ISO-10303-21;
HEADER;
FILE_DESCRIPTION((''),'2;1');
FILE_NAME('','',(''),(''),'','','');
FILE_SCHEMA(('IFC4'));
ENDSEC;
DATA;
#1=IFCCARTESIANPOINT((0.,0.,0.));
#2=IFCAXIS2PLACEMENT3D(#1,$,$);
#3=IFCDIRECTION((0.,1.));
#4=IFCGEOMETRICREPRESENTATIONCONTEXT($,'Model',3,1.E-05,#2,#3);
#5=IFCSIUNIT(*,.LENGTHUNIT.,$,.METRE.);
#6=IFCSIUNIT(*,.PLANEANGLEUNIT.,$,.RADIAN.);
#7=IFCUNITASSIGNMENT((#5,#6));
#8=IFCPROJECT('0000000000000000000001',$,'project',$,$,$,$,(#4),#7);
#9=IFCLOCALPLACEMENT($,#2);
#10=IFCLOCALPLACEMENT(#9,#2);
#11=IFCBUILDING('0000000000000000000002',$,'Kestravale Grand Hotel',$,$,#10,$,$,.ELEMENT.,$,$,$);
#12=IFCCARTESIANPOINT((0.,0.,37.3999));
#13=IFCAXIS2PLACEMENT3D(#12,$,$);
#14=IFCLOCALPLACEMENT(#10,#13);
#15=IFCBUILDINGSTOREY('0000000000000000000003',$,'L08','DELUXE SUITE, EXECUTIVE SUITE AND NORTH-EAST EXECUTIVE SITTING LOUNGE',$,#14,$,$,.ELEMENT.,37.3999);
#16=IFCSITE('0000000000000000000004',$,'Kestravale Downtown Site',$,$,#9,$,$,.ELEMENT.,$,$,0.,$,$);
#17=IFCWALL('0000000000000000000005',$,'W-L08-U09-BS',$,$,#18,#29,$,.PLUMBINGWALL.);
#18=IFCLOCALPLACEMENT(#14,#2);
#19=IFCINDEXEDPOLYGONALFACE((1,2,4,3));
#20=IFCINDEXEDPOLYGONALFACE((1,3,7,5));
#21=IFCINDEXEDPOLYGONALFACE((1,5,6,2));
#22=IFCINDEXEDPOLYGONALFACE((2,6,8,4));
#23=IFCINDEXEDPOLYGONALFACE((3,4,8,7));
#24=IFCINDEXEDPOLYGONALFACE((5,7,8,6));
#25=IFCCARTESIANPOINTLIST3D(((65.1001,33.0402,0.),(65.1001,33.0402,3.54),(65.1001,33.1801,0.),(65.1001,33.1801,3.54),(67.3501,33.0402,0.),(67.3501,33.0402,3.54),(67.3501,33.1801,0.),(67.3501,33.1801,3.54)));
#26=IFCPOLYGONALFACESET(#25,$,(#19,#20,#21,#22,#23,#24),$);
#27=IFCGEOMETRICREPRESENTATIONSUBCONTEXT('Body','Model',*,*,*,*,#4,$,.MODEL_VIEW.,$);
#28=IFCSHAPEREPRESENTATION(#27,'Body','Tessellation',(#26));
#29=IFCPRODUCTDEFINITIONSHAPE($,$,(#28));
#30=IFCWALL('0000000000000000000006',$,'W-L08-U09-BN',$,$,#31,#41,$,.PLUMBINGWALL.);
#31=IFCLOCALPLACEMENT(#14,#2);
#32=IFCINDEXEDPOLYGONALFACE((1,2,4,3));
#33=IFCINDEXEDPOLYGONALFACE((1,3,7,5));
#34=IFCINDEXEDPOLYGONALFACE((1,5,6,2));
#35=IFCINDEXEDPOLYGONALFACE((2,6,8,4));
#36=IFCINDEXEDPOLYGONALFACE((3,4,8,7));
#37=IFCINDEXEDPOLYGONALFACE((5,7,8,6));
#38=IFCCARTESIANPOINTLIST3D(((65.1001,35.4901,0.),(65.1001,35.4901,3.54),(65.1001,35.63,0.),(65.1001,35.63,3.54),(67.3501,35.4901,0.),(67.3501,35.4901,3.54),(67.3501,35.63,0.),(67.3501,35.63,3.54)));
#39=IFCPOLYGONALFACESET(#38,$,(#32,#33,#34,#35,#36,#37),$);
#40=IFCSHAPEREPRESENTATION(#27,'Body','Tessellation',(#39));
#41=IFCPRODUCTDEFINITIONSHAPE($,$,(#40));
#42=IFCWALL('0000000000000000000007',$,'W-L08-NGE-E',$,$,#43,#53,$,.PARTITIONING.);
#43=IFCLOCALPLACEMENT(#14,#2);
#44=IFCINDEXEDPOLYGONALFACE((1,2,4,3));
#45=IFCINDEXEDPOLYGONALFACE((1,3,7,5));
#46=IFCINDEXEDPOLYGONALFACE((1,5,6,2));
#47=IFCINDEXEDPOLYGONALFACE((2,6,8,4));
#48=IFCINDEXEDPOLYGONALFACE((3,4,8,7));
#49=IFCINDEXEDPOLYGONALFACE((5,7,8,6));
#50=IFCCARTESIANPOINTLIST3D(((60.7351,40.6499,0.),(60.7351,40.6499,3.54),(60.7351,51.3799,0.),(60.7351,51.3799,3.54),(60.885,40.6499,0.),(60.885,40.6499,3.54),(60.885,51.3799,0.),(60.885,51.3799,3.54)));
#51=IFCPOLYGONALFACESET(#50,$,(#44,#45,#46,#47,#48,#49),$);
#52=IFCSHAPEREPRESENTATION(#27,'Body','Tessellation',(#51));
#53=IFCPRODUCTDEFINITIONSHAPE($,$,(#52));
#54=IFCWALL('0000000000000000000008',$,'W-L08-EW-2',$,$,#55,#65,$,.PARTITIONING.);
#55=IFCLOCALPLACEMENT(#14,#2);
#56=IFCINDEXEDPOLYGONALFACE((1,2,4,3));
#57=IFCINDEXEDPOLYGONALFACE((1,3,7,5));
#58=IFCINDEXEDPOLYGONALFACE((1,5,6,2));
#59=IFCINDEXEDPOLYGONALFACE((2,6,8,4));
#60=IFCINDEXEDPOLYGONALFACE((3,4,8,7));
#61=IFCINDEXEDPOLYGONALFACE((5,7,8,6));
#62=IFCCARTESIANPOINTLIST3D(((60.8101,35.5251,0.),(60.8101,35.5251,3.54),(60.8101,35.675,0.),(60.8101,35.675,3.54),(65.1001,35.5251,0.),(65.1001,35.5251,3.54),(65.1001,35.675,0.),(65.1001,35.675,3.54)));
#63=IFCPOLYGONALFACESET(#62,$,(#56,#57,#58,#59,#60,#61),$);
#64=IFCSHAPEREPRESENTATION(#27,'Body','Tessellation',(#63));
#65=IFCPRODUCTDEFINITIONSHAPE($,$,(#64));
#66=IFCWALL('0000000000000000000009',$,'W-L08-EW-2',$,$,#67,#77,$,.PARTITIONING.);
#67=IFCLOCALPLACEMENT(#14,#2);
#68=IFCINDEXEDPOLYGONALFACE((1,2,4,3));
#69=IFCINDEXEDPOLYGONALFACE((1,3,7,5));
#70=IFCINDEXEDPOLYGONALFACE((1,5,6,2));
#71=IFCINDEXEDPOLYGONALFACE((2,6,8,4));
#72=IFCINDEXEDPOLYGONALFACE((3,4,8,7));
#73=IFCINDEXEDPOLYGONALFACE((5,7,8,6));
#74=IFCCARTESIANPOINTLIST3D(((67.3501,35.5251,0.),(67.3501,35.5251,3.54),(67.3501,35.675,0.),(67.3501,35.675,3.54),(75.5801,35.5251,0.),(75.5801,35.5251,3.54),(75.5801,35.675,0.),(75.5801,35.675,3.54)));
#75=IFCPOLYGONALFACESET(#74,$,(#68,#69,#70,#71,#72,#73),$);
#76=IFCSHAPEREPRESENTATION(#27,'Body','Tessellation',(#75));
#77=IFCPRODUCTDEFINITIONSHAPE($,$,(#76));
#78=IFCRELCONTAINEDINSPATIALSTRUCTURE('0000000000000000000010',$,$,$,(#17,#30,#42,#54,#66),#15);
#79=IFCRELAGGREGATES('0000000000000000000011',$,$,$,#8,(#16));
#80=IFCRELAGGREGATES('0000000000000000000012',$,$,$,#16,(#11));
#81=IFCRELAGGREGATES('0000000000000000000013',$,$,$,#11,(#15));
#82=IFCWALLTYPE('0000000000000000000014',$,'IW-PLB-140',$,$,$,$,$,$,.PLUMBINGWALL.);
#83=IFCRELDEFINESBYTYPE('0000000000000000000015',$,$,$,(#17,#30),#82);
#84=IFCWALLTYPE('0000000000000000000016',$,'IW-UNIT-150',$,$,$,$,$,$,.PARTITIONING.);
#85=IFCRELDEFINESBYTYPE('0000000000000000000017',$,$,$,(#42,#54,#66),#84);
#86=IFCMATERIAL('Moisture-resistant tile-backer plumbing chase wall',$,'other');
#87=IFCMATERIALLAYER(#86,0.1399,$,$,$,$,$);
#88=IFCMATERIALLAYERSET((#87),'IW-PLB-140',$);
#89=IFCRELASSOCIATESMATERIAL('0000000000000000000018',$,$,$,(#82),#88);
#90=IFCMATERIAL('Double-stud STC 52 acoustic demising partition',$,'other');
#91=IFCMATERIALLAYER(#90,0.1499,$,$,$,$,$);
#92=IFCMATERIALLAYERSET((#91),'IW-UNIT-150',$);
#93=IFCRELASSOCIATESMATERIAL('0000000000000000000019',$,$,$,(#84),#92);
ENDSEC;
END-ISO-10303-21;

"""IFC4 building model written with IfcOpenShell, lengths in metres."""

from ifc_helpers import new_model, si_unit, direction, frame, frame_2d, origin, place, context, subcontext, project, spatial, rectangle, extrude, material, layer, layer_set, type_object, element, save


model = new_model("IFC4")

# Units and contexts
model_context = context("Model", 3, precision=1e-05, world=origin(), true_north=direction((0.0, 1.0)))
body_context = subcontext(model_context, "Body", "Model", "MODEL_VIEW")
ifc_project = project(units=[si_unit("LENGTHUNIT", "METRE"), si_unit("PLANEANGLEUNIT", "RADIAN")], contexts=[model_context])

# Site, building, storey
site_placement = place(None, origin())
site = spatial("IfcSite", under=ifc_project, at=site_placement, Name="Kestravale Downtown Site", CompositionType="ELEMENT", RefElevation=0.0)
building_placement = place(site_placement, origin())
building = spatial("IfcBuilding", under=site, at=building_placement, Name="Kestravale Grand Hotel", CompositionType="ELEMENT")
storey_placement = place(building_placement, frame((0.0, 0.0, 37.3999)))
storey = spatial("IfcBuildingStorey", under=building, at=storey_placement, Name="L08", Description="DELUXE SUITE, EXECUTIVE SUITE AND NORTH-EAST EXECUTIVE SITTING LOUNGE", CompositionType="ELEMENT", Elevation=37.3999)

# Shared definitions
ifc_material_1 = material(Name="Moisture-resistant tile-backer plumbing chase wall", Category="other")
ifc_layer_1 = layer(ifc_material_1, 0.1399)
ifc_layer_set_1 = layer_set([ifc_layer_1], Name="IW-PLB-140")
wall_type_1 = type_object("IfcWallType", Name="IW-PLB-140", PredefinedType="PLUMBINGWALL", material=ifc_layer_set_1)

# Walls
for number, where, z_axis, x_axis, name in (
    (1, (65.1001, 33.1101, 0.0), (0.0, 0.0, 1.0), (1.0, 0.0, 0.0), "W-L08-U09-BS"),
    (2, (65.1001, 35.5601, 0.0), (0.0, 0.0, 1.0), (1.0, 0.0, 0.0), "W-L08-U09-BN"),
):
    element("IfcWall", number, at=place(storey_placement, frame(where, z_axis=z_axis, x_axis=x_axis)), inside=storey, type_object=wall_type_1, Name=name, PredefinedType="PLUMBINGWALL", context=body_context, shape_type="SweptSolid", body=[
        extrude(rectangle(XDim=2.25, YDim=0.1399, at=frame_2d((1.125, 0.0))), origin(), (0.0, 0.0, 1.0), 3.54),
    ])

# Shared definitions
ifc_material_2 = material(Name="Double-stud STC 52 acoustic demising partition", Category="other")
ifc_layer_2 = layer(ifc_material_2, 0.1499)
ifc_layer_set_2 = layer_set([ifc_layer_2], Name="IW-UNIT-150")
wall_type_2 = type_object("IfcWallType", Name="IW-UNIT-150", PredefinedType="PARTITIONING", material=ifc_layer_set_2)

# Walls
wall_1_placement = place(storey_placement, frame((60.8101, 40.6499, 0.0), z_axis=(0.0, 0.0, 1.0), x_axis=(0.0, 1.0, 0.0)))
element("IfcWall", 3, at=wall_1_placement, inside=storey, type_object=wall_type_2, Name="W-L08-NGE-E", PredefinedType="PARTITIONING", context=body_context, shape_type="SweptSolid", body=[
    extrude(rectangle(XDim=10.73, YDim=0.1499, at=frame_2d((5.365, 0.0))), origin(), (0.0, 0.0, 1.0), 3.54),
])
wall_2_placement = place(storey_placement, frame((60.8101, 35.6001, 0.0), z_axis=(0.0, 0.0, 1.0), x_axis=(1.0, 0.0, 0.0)))
element("IfcWall", 4, at=wall_2_placement, inside=storey, type_object=wall_type_2, Name="W-L08-EW-2", PredefinedType="PARTITIONING", context=body_context, shape_type="SweptSolid", body=[
    extrude(rectangle(XDim=4.29, YDim=0.1499, at=frame_2d((2.145, 0.0))), origin(), (0.0, 0.0, 1.0), 3.54),
])
wall_3_placement = place(storey_placement, frame((67.3501, 35.6001, 0.0), z_axis=(0.0, 0.0, 1.0), x_axis=(1.0, 0.0, 0.0)))
element("IfcWall", 5, at=wall_3_placement, inside=storey, type_object=wall_type_2, Name="W-L08-EW-2", PredefinedType="PARTITIONING", context=body_context, shape_type="SweptSolid", body=[
    extrude(rectangle(XDim=8.23, YDim=0.1499, at=frame_2d((4.115, 0.0))), origin(), (0.0, 0.0, 1.0), 3.54),
])

save(model, "model.ifc")
